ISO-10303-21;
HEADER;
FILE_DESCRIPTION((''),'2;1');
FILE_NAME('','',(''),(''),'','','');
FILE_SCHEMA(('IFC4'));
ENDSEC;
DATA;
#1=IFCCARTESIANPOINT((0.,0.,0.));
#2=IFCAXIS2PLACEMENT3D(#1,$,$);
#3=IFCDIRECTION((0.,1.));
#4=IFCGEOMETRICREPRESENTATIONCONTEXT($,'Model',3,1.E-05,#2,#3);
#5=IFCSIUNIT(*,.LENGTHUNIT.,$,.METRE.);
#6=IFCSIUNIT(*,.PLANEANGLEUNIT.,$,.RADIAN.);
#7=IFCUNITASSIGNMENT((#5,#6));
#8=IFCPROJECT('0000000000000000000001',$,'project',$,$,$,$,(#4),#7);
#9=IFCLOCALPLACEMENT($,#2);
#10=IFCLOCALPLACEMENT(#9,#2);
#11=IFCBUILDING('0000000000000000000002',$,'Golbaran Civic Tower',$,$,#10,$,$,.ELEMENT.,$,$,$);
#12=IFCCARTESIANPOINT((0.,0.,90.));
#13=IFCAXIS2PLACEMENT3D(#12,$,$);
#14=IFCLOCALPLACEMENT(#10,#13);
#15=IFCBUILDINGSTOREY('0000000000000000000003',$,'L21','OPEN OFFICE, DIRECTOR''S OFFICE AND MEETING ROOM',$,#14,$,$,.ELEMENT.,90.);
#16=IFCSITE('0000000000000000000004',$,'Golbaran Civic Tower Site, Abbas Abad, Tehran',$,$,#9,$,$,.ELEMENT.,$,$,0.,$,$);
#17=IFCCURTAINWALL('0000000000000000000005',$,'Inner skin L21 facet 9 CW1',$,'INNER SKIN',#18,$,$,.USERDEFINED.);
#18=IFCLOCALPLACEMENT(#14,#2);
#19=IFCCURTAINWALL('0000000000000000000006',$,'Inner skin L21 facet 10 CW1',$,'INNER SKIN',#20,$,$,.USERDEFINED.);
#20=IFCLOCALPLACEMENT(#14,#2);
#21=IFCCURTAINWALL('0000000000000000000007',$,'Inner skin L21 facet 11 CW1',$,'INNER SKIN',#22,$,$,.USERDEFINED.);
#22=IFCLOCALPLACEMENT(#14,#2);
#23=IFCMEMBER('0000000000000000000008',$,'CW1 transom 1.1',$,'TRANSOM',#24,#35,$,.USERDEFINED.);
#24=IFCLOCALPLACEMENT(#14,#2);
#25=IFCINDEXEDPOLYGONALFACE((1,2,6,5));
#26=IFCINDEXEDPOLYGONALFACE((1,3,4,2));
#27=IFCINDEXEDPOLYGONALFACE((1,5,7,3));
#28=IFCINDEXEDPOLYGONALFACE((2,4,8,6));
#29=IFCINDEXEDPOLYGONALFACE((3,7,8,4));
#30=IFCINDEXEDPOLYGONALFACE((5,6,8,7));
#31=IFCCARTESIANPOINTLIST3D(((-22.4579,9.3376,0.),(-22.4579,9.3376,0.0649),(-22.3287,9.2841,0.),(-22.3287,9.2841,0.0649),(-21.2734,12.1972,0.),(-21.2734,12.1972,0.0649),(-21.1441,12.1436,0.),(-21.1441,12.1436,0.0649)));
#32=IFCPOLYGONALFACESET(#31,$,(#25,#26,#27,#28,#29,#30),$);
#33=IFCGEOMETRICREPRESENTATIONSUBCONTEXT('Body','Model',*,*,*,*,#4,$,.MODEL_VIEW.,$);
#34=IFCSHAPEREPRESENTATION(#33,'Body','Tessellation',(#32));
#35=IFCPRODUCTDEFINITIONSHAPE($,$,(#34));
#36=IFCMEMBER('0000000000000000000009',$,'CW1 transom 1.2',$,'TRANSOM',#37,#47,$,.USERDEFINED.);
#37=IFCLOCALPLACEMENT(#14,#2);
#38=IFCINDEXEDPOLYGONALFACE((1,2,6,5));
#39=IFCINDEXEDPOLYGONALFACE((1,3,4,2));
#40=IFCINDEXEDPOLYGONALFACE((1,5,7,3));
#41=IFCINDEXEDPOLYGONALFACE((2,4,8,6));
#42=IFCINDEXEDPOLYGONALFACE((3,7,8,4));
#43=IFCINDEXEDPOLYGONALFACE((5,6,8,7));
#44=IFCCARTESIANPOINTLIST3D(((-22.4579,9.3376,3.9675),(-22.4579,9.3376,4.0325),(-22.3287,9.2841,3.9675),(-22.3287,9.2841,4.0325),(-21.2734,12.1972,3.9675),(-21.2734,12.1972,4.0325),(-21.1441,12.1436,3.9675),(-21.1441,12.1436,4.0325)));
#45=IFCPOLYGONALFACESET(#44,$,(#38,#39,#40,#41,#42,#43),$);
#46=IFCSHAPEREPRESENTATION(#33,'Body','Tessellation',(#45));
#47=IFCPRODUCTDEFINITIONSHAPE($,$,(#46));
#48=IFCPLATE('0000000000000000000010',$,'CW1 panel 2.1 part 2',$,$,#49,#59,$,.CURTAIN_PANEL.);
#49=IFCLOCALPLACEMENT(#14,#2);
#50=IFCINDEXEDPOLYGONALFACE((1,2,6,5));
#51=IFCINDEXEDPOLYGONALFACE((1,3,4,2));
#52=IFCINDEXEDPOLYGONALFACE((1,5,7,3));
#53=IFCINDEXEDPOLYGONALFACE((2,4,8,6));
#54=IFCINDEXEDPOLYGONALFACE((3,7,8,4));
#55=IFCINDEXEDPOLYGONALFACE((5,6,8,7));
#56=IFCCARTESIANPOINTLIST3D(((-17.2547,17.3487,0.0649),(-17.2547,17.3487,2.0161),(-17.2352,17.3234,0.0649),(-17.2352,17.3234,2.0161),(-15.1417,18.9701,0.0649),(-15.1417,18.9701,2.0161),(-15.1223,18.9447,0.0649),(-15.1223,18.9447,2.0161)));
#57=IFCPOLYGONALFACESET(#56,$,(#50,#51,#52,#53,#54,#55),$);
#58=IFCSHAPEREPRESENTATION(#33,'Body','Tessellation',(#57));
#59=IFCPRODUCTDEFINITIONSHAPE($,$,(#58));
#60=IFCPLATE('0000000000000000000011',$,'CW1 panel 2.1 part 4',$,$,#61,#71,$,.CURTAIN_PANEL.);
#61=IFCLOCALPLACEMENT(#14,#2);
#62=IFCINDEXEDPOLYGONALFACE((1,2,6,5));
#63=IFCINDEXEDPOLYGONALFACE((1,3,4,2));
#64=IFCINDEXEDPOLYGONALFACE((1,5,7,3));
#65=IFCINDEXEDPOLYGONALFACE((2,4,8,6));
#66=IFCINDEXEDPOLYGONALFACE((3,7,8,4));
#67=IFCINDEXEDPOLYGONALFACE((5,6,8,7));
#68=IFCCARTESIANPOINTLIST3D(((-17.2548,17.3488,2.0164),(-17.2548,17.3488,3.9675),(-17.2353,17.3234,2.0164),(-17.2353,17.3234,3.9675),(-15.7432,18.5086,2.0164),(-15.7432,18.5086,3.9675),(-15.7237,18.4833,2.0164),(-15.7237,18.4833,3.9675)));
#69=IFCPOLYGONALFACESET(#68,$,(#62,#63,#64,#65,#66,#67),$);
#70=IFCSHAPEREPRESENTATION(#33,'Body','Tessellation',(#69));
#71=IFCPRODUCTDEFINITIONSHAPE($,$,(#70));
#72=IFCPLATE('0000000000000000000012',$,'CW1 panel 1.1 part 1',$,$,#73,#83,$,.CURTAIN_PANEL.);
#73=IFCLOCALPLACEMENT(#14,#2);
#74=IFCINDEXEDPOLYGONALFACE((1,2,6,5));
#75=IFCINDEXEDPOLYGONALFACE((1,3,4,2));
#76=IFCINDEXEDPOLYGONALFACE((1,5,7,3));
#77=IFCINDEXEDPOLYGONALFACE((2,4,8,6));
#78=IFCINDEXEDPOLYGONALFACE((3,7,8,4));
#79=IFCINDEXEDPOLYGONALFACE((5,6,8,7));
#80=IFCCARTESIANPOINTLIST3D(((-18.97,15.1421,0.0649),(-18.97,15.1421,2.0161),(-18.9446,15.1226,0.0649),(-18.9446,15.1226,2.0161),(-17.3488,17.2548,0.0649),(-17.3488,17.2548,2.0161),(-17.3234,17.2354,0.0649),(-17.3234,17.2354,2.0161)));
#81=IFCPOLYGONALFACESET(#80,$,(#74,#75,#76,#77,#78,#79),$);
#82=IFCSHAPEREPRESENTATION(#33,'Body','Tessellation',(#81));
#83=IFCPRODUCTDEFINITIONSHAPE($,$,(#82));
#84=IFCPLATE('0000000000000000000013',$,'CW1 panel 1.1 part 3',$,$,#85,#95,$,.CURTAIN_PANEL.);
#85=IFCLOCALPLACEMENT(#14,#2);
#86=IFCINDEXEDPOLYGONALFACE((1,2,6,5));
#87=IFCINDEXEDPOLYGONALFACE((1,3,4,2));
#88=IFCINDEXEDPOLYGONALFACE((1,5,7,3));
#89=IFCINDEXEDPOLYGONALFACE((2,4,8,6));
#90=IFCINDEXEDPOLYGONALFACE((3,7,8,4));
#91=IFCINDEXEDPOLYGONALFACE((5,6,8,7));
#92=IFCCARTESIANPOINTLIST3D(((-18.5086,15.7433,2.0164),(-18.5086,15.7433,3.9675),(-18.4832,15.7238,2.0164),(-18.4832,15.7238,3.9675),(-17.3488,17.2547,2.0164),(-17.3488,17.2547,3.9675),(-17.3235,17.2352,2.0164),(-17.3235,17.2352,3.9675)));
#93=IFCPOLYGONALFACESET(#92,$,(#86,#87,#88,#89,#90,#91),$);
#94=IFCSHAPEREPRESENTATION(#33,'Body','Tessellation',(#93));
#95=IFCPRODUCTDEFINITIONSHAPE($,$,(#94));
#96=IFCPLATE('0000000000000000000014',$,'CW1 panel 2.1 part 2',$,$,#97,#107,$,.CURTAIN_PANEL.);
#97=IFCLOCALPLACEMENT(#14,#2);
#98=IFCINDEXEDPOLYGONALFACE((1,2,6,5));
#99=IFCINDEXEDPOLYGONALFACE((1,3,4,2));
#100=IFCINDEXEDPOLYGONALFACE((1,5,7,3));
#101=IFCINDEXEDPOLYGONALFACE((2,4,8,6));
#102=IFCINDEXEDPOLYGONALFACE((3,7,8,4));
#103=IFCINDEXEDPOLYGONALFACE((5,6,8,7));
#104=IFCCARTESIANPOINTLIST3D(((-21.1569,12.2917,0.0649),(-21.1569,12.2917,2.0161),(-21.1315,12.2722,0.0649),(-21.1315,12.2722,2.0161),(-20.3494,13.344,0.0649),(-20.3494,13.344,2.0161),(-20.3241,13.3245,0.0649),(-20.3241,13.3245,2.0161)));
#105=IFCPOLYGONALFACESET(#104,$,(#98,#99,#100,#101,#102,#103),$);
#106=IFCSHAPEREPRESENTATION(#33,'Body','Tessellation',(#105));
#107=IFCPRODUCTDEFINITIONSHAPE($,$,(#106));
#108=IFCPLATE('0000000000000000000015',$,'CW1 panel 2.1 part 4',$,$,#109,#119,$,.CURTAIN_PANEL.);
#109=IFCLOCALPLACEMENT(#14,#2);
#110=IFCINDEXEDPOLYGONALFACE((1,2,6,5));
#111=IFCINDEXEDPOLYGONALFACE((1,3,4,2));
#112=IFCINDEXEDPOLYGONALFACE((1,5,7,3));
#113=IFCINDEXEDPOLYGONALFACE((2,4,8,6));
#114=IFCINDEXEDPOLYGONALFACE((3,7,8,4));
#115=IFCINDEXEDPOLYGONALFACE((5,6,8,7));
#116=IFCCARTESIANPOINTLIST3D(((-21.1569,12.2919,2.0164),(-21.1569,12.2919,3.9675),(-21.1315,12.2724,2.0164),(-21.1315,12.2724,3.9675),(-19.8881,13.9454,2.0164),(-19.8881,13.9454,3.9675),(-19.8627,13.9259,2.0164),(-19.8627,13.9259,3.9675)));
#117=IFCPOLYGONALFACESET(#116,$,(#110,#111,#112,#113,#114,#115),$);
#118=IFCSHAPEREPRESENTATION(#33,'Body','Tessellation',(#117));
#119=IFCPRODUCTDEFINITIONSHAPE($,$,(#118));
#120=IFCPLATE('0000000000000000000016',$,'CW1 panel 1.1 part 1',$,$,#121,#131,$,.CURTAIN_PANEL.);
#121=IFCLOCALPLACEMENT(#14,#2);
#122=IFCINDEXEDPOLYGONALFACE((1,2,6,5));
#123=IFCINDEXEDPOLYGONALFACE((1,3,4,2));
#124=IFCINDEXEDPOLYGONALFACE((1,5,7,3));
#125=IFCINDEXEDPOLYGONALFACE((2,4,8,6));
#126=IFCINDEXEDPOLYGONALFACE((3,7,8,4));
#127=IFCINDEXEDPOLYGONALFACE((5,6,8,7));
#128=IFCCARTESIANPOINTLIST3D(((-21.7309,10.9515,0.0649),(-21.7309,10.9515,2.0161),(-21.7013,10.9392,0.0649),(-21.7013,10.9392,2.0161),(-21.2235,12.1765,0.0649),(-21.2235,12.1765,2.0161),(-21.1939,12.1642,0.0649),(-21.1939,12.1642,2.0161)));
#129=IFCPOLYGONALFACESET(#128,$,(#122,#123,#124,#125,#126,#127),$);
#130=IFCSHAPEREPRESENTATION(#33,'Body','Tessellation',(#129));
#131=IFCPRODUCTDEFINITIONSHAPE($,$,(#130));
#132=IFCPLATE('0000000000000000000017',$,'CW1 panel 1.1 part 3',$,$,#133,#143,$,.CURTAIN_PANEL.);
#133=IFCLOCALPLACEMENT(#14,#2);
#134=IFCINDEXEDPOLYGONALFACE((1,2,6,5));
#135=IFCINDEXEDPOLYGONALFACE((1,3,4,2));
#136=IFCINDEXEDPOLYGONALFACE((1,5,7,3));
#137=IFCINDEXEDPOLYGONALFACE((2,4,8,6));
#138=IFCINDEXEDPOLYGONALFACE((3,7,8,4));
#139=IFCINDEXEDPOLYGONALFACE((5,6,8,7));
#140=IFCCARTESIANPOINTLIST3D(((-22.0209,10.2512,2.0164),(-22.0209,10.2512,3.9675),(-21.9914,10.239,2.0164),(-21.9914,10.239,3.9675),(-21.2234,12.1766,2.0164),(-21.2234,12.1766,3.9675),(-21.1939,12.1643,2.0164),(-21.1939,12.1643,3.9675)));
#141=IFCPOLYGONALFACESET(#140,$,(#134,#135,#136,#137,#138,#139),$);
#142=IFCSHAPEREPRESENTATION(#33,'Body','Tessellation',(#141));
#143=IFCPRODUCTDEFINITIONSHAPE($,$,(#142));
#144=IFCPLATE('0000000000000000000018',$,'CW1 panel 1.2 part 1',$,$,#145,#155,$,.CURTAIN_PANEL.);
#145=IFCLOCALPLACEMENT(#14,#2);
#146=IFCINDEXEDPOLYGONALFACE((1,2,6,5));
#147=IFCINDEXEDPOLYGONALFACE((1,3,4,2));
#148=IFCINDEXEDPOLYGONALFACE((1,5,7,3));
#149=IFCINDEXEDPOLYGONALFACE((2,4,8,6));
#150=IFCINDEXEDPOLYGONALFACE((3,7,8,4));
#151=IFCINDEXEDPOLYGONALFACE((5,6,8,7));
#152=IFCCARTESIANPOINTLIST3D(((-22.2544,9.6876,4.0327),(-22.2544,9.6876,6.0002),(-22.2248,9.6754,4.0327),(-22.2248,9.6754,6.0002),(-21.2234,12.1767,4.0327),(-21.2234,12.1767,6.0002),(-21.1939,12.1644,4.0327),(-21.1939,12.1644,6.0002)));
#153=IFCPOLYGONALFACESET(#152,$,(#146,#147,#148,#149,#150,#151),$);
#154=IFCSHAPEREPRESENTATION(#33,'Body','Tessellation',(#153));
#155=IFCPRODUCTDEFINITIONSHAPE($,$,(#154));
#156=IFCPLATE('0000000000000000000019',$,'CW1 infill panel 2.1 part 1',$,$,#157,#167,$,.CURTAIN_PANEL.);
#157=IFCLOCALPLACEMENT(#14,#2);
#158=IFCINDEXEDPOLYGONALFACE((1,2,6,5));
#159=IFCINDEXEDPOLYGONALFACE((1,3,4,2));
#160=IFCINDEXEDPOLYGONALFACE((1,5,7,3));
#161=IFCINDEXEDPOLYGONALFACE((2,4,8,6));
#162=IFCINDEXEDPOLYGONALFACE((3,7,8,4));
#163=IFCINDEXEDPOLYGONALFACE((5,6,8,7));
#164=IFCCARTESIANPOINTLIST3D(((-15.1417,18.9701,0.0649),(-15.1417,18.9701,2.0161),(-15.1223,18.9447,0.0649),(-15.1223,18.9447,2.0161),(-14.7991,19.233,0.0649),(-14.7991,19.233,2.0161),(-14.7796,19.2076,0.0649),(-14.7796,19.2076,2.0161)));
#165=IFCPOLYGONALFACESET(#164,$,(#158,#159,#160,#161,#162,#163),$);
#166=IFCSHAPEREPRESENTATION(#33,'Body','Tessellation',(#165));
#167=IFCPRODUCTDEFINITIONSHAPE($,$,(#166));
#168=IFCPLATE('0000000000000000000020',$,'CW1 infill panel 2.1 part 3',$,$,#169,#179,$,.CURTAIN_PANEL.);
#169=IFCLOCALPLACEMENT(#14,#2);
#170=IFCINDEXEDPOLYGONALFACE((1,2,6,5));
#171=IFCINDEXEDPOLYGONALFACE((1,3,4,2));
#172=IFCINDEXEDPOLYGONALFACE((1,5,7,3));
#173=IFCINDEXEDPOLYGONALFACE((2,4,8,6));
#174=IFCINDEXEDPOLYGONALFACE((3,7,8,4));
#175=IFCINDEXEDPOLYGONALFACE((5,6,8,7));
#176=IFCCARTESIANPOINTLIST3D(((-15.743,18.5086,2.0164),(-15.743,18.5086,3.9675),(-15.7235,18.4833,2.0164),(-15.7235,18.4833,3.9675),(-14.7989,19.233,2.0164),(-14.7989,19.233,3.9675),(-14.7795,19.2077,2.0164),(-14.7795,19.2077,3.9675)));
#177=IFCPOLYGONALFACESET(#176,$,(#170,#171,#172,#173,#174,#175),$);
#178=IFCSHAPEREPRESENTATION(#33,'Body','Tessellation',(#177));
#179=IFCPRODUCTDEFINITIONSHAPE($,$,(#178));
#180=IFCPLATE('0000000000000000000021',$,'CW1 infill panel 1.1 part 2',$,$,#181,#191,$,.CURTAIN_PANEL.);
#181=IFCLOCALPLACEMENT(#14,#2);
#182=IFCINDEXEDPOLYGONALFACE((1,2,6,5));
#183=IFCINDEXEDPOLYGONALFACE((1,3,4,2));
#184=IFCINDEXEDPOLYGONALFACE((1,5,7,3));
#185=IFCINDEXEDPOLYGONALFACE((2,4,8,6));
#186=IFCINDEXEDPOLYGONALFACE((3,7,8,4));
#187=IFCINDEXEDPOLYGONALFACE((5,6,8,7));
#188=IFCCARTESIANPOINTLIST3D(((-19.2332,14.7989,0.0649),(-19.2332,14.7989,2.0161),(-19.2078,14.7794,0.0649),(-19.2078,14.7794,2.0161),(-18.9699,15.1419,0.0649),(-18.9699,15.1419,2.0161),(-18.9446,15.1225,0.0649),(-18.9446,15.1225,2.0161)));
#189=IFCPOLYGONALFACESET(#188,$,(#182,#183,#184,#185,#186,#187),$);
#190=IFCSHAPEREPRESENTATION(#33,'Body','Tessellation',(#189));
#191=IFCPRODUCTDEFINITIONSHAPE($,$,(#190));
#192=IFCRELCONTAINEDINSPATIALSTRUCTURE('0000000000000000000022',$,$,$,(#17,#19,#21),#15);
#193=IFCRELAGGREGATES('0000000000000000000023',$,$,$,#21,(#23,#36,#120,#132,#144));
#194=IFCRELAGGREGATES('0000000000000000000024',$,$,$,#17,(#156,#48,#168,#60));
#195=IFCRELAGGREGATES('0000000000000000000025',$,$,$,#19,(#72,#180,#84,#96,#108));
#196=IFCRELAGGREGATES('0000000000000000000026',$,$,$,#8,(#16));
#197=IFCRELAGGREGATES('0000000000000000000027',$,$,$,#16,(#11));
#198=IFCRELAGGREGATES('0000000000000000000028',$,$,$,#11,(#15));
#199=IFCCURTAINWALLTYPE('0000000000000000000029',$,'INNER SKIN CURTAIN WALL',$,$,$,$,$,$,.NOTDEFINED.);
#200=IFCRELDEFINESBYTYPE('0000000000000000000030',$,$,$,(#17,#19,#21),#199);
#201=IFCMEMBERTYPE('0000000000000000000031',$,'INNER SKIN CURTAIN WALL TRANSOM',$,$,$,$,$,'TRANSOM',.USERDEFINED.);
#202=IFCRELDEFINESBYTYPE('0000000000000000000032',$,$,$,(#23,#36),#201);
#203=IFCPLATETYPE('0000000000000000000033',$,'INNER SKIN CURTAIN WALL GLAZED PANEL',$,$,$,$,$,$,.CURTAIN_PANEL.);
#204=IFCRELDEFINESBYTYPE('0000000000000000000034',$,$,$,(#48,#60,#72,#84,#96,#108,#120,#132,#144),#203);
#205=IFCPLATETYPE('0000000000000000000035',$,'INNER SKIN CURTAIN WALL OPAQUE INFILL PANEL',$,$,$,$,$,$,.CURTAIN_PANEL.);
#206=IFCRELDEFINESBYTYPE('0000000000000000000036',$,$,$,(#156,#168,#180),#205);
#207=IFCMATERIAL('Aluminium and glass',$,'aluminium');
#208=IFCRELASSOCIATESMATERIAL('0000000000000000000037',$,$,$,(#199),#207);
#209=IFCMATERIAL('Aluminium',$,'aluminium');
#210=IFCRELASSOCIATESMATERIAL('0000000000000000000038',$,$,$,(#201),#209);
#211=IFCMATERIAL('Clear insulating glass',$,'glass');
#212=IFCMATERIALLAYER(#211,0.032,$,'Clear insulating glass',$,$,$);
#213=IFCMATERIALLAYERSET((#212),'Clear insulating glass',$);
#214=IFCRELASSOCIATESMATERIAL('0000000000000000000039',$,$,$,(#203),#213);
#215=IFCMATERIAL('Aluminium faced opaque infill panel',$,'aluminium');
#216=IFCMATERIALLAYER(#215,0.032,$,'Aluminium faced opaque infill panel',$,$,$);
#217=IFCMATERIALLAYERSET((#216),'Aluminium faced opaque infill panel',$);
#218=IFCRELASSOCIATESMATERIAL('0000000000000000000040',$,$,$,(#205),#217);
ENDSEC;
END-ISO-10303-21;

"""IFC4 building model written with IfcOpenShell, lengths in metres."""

from ifc_helpers import new_model, si_unit, direction, frame, origin, origin_2d, place, context, subcontext, project, spatial, rectangle, extrude, material, layer, layer_set, material_profile, profile_set, type_object, element, aggregate, save


model = new_model("IFC4")

# Units and contexts
model_context = context("Model", 3, precision=1e-05, world=origin(), true_north=direction((0.0, 1.0)))
body_context = subcontext(model_context, "Body", "Model", "MODEL_VIEW")
ifc_project = project(units=[si_unit("LENGTHUNIT", "METRE"), si_unit("PLANEANGLEUNIT", "RADIAN")], contexts=[model_context])

# Site, building, storey
site_placement = place(None, origin())
site = spatial("IfcSite", under=ifc_project, at=site_placement, Name="Golbaran Civic Tower Site, Abbas Abad, Tehran", CompositionType="ELEMENT", RefElevation=0.0)
building_placement = place(site_placement, origin())
building = spatial("IfcBuilding", under=site, at=building_placement, Name="Golbaran Civic Tower", CompositionType="ELEMENT")
storey_placement = place(building_placement, frame((0.0, 0.0, 90.0)))
storey = spatial("IfcBuildingStorey", under=building, at=storey_placement, Name="L21", Description="OPEN OFFICE, DIRECTOR'S OFFICE AND MEETING ROOM", CompositionType="ELEMENT", Elevation=90.0)

# Curtain wall
ifc_material_1 = material(Name="Aluminium and glass", Category="aluminium")
curtain_wall_type = type_object("IfcCurtainWallType", Name="INNER SKIN CURTAIN WALL", PredefinedType="NOTDEFINED", material=ifc_material_1)
curtain_wall_1_placement = place(storey_placement, origin())
curtain_wall_1 = element("IfcCurtainWall", 1, at=curtain_wall_1_placement, inside=storey, type_object=curtain_wall_type, Name="Inner skin L21 facet 9 CW1", ObjectType="INNER SKIN", PredefinedType="USERDEFINED")
ifc_material_2 = material(Name="Aluminium", Category="aluminium")

# Curtain wall
curtain_wall_2_placement = place(storey_placement, origin())
curtain_wall_2 = element("IfcCurtainWall", 2, at=curtain_wall_2_placement, inside=storey, type_object=curtain_wall_type, Name="Inner skin L21 facet 10 CW1", ObjectType="INNER SKIN", PredefinedType="USERDEFINED")

# Curtain wall
curtain_wall_3_placement = place(storey_placement, origin())
curtain_wall_3 = element("IfcCurtainWall", 3, at=curtain_wall_3_placement, inside=storey, type_object=curtain_wall_type, Name="Inner skin L21 facet 11 CW1", ObjectType="INNER SKIN", PredefinedType="USERDEFINED")

# Members
ifc_material_profile_1 = material_profile(ifc_material_2, rectangle(XDim=0.1399, YDim=0.0649, at=origin_2d()), Name="INNER SKIN CURTAIN WALL TRANSOM")
ifc_profile_set_1 = profile_set([ifc_material_profile_1], Name="Aluminium")
member_type_1 = type_object("IfcMemberType", Name="INNER SKIN CURTAIN WALL TRANSOM", ElementType="TRANSOM", PredefinedType="USERDEFINED", material=ifc_profile_set_1)
member_1_placement = place(storey_placement, frame((-21.2087, 12.1704, 0.0325), z_axis=(-0.382705, -0.923871, 0.0), x_axis=(0.923871, -0.382705, 0.0)))
member_1 = element("IfcMember", 4, at=member_1_placement, type_object=member_type_1, Name="CW1 transom 1.1", ObjectType="TRANSOM", PredefinedType="USERDEFINED", context=body_context, shape_type="SweptSolid", body=[
    extrude(rectangle(XDim=0.1399, YDim=0.0649, at=origin_2d()), origin(), (0.0, 0.0, 1.0), 3.0952),
])
member_2_placement = place(storey_placement, frame((-21.2087, 12.1704, 4.0), z_axis=(-0.382705, -0.923871, 0.0), x_axis=(0.923871, -0.382705, 0.0)))
member_2 = element("IfcMember", 5, at=member_2_placement, type_object=member_type_1, Name="CW1 transom 1.2", ObjectType="TRANSOM", PredefinedType="USERDEFINED", context=body_context, shape_type="SweptSolid", body=[
    extrude(rectangle(XDim=0.1399, YDim=0.0649, at=origin_2d()), origin(), (0.0, 0.0, 1.0), 3.0952),
])

# Plates
ifc_material_3 = material(Name="Clear insulating glass", Category="glass")
ifc_layer_1 = layer(ifc_material_3, 0.032, Name="Clear insulating glass")
ifc_layer_set_1 = layer_set([ifc_layer_1], Name="Clear insulating glass")
plate_type_1 = type_object("IfcPlateType", Name="INNER SKIN CURTAIN WALL GLAZED PANEL", PredefinedType="CURTAIN_PANEL", material=ifc_layer_set_1)
plate_1_placement = place(storey_placement, frame((-16.1885, 18.1467, 0.0649), z_axis=(0.0, 0.0, 1.0), x_axis=(-0.793353, -0.608761, 0.0)))
plate_1 = element("IfcPlate", 6, at=plate_1_placement, type_object=plate_type_1, Name="CW1 panel 2.1 part 2", PredefinedType="CURTAIN_PANEL", context=body_context, shape_type="SweptSolid", body=[
    extrude(rectangle(XDim=2.6633, YDim=0.032, at=origin_2d()), origin(), (0.0, 0.0, 1.0), 1.9512),
])
plate_2_placement = place(storey_placement, frame((-16.4893, 17.916, 2.0164), z_axis=(0.0, 0.0, 1.0), x_axis=(-0.793353, -0.608761, 0.0)))
plate_2 = element("IfcPlate", 7, at=plate_2_placement, type_object=plate_type_1, Name="CW1 panel 2.1 part 4", PredefinedType="CURTAIN_PANEL", context=body_context, shape_type="SweptSolid", body=[
    extrude(rectangle(XDim=1.9053, YDim=0.032, at=origin_2d()), origin(), (0.0, 0.0, 1.0), 1.9512),
])
plate_3_placement = place(storey_placement, frame((-18.1467, 16.1887, 0.0649), z_axis=(0.0, 0.0, 1.0), x_axis=(-0.608761, -0.793353, 0.0)))
plate_3 = element("IfcPlate", 8, at=plate_3_placement, type_object=plate_type_1, Name="CW1 panel 1.1 part 1", PredefinedType="CURTAIN_PANEL", context=body_context, shape_type="SweptSolid", body=[
    extrude(rectangle(XDim=2.6631, YDim=0.032, at=origin_2d()), origin(), (0.0, 0.0, 1.0), 1.9512),
])
plate_4_placement = place(storey_placement, frame((-17.916, 16.4893, 2.0164), z_axis=(0.0, 0.0, 1.0), x_axis=(-0.608761, -0.793353, 0.0)))
plate_4 = element("IfcPlate", 9, at=plate_4_placement, type_object=plate_type_1, Name="CW1 panel 1.1 part 3", PredefinedType="CURTAIN_PANEL", context=body_context, shape_type="SweptSolid", body=[
    extrude(rectangle(XDim=1.905, YDim=0.032, at=origin_2d()), origin(), (0.0, 0.0, 1.0), 1.9512),
])
plate_5_placement = place(storey_placement, frame((-20.7405, 12.8081, 0.0649), z_axis=(0.0, 0.0, 1.0), x_axis=(-0.608761, -0.793353, 0.0)))
plate_5 = element("IfcPlate", 10, at=plate_5_placement, type_object=plate_type_1, Name="CW1 panel 2.1 part 2", PredefinedType="CURTAIN_PANEL", context=body_context, shape_type="SweptSolid", body=[
    extrude(rectangle(XDim=1.3264, YDim=0.032, at=origin_2d()), origin(), (0.0, 0.0, 1.0), 1.9512),
])
plate_6_placement = place(storey_placement, frame((-20.5098, 13.1089, 2.0164), z_axis=(0.0, 0.0, 1.0), x_axis=(-0.608761, -0.793353, 0.0)))
plate_6 = element("IfcPlate", 11, at=plate_6_placement, type_object=plate_type_1, Name="CW1 panel 2.1 part 4", PredefinedType="CURTAIN_PANEL", context=body_context, shape_type="SweptSolid", body=[
    extrude(rectangle(XDim=2.0842, YDim=0.032, at=origin_2d()), origin(), (0.0, 0.0, 1.0), 1.9512),
])
plate_7_placement = place(storey_placement, frame((-21.4624, 11.5579, 0.0649), z_axis=(0.0, 0.0, 1.0), x_axis=(-0.382683, -0.92388, 0.0)))
plate_7 = element("IfcPlate", 12, at=plate_7_placement, type_object=plate_type_1, Name="CW1 panel 1.1 part 1", PredefinedType="CURTAIN_PANEL", context=body_context, shape_type="SweptSolid", body=[
    extrude(rectangle(XDim=1.3259, YDim=0.032, at=origin_2d()), origin(), (0.0, 0.0, 1.0), 1.9512),
])
plate_8_placement = place(storey_placement, frame((-21.6074, 11.2078, 2.0164), z_axis=(0.0, 0.0, 1.0), x_axis=(-0.382683, -0.92388, 0.0)))
plate_8 = element("IfcPlate", 13, at=plate_8_placement, type_object=plate_type_1, Name="CW1 panel 1.1 part 3", PredefinedType="CURTAIN_PANEL", context=body_context, shape_type="SweptSolid", body=[
    extrude(rectangle(XDim=2.084, YDim=0.032, at=origin_2d()), origin(), (0.0, 0.0, 1.0), 1.9512),
])
plate_9_placement = place(storey_placement, frame((-21.7241, 10.926, 4.0327), z_axis=(0.0, 0.0, 1.0), x_axis=(-0.382683, -0.92388, 0.0)))
plate_9 = element("IfcPlate", 14, at=plate_9_placement, type_object=plate_type_1, Name="CW1 panel 1.2 part 1", PredefinedType="CURTAIN_PANEL", context=body_context, shape_type="SweptSolid", body=[
    extrude(rectangle(XDim=2.6941, YDim=0.032, at=origin_2d()), origin(), (0.0, 0.0, 1.0), 1.9675),
])
aggregate(curtain_wall_3, [member_1, member_2, plate_7, plate_8, plate_9])
ifc_material_4 = material(Name="Aluminium faced opaque infill panel", Category="aluminium")
ifc_layer_2 = layer(ifc_material_4, 0.032, Name="Aluminium faced opaque infill panel")
ifc_layer_set_2 = layer_set([ifc_layer_2], Name="Aluminium faced opaque infill panel")
plate_type_2 = type_object("IfcPlateType", Name="INNER SKIN CURTAIN WALL OPAQUE INFILL PANEL", PredefinedType="CURTAIN_PANEL", material=ifc_layer_set_2)
plate_10_placement = place(storey_placement, frame((-14.9607, 19.0889, 0.0649), z_axis=(0.0, 0.0, 1.0), x_axis=(-0.793353, -0.608761, 0.0)))
plate_10 = element("IfcPlate", 15, at=plate_10_placement, type_object=plate_type_2, Name="CW1 infill panel 2.1 part 1", PredefinedType="CURTAIN_PANEL", context=body_context, shape_type="SweptSolid", body=[
    extrude(rectangle(XDim=0.4319, YDim=0.032, at=origin_2d()), origin(), (0.0, 0.0, 1.0), 1.9512),
])
plate_11_placement = place(storey_placement, frame((-15.2612, 18.8582, 2.0164), z_axis=(0.0, 0.0, 1.0), x_axis=(-0.793353, -0.608761, 0.0)))
plate_11 = element("IfcPlate", 16, at=plate_11_placement, type_object=plate_type_2, Name="CW1 infill panel 2.1 part 3", PredefinedType="CURTAIN_PANEL", context=body_context, shape_type="SweptSolid", body=[
    extrude(rectangle(XDim=1.1899, YDim=0.032, at=origin_2d()), origin(), (0.0, 0.0, 1.0), 1.9512),
])
aggregate(curtain_wall_1, [plate_10, plate_1, plate_11, plate_2])
plate_12_placement = place(storey_placement, frame((-19.0889, 14.9607, 0.0649), z_axis=(0.0, 0.0, 1.0), x_axis=(-0.608761, -0.793353, 0.0)))
plate_12 = element("IfcPlate", 17, at=plate_12_placement, type_object=plate_type_2, Name="CW1 infill panel 1.1 part 2", PredefinedType="CURTAIN_PANEL", context=body_context, shape_type="SweptSolid", body=[
    extrude(rectangle(XDim=0.4324, YDim=0.032, at=origin_2d()), origin(), (0.0, 0.0, 1.0), 1.9512),
])
aggregate(curtain_wall_2, [plate_3, plate_12, plate_4, plate_5, plate_6])

save(model, "model.ifc")
